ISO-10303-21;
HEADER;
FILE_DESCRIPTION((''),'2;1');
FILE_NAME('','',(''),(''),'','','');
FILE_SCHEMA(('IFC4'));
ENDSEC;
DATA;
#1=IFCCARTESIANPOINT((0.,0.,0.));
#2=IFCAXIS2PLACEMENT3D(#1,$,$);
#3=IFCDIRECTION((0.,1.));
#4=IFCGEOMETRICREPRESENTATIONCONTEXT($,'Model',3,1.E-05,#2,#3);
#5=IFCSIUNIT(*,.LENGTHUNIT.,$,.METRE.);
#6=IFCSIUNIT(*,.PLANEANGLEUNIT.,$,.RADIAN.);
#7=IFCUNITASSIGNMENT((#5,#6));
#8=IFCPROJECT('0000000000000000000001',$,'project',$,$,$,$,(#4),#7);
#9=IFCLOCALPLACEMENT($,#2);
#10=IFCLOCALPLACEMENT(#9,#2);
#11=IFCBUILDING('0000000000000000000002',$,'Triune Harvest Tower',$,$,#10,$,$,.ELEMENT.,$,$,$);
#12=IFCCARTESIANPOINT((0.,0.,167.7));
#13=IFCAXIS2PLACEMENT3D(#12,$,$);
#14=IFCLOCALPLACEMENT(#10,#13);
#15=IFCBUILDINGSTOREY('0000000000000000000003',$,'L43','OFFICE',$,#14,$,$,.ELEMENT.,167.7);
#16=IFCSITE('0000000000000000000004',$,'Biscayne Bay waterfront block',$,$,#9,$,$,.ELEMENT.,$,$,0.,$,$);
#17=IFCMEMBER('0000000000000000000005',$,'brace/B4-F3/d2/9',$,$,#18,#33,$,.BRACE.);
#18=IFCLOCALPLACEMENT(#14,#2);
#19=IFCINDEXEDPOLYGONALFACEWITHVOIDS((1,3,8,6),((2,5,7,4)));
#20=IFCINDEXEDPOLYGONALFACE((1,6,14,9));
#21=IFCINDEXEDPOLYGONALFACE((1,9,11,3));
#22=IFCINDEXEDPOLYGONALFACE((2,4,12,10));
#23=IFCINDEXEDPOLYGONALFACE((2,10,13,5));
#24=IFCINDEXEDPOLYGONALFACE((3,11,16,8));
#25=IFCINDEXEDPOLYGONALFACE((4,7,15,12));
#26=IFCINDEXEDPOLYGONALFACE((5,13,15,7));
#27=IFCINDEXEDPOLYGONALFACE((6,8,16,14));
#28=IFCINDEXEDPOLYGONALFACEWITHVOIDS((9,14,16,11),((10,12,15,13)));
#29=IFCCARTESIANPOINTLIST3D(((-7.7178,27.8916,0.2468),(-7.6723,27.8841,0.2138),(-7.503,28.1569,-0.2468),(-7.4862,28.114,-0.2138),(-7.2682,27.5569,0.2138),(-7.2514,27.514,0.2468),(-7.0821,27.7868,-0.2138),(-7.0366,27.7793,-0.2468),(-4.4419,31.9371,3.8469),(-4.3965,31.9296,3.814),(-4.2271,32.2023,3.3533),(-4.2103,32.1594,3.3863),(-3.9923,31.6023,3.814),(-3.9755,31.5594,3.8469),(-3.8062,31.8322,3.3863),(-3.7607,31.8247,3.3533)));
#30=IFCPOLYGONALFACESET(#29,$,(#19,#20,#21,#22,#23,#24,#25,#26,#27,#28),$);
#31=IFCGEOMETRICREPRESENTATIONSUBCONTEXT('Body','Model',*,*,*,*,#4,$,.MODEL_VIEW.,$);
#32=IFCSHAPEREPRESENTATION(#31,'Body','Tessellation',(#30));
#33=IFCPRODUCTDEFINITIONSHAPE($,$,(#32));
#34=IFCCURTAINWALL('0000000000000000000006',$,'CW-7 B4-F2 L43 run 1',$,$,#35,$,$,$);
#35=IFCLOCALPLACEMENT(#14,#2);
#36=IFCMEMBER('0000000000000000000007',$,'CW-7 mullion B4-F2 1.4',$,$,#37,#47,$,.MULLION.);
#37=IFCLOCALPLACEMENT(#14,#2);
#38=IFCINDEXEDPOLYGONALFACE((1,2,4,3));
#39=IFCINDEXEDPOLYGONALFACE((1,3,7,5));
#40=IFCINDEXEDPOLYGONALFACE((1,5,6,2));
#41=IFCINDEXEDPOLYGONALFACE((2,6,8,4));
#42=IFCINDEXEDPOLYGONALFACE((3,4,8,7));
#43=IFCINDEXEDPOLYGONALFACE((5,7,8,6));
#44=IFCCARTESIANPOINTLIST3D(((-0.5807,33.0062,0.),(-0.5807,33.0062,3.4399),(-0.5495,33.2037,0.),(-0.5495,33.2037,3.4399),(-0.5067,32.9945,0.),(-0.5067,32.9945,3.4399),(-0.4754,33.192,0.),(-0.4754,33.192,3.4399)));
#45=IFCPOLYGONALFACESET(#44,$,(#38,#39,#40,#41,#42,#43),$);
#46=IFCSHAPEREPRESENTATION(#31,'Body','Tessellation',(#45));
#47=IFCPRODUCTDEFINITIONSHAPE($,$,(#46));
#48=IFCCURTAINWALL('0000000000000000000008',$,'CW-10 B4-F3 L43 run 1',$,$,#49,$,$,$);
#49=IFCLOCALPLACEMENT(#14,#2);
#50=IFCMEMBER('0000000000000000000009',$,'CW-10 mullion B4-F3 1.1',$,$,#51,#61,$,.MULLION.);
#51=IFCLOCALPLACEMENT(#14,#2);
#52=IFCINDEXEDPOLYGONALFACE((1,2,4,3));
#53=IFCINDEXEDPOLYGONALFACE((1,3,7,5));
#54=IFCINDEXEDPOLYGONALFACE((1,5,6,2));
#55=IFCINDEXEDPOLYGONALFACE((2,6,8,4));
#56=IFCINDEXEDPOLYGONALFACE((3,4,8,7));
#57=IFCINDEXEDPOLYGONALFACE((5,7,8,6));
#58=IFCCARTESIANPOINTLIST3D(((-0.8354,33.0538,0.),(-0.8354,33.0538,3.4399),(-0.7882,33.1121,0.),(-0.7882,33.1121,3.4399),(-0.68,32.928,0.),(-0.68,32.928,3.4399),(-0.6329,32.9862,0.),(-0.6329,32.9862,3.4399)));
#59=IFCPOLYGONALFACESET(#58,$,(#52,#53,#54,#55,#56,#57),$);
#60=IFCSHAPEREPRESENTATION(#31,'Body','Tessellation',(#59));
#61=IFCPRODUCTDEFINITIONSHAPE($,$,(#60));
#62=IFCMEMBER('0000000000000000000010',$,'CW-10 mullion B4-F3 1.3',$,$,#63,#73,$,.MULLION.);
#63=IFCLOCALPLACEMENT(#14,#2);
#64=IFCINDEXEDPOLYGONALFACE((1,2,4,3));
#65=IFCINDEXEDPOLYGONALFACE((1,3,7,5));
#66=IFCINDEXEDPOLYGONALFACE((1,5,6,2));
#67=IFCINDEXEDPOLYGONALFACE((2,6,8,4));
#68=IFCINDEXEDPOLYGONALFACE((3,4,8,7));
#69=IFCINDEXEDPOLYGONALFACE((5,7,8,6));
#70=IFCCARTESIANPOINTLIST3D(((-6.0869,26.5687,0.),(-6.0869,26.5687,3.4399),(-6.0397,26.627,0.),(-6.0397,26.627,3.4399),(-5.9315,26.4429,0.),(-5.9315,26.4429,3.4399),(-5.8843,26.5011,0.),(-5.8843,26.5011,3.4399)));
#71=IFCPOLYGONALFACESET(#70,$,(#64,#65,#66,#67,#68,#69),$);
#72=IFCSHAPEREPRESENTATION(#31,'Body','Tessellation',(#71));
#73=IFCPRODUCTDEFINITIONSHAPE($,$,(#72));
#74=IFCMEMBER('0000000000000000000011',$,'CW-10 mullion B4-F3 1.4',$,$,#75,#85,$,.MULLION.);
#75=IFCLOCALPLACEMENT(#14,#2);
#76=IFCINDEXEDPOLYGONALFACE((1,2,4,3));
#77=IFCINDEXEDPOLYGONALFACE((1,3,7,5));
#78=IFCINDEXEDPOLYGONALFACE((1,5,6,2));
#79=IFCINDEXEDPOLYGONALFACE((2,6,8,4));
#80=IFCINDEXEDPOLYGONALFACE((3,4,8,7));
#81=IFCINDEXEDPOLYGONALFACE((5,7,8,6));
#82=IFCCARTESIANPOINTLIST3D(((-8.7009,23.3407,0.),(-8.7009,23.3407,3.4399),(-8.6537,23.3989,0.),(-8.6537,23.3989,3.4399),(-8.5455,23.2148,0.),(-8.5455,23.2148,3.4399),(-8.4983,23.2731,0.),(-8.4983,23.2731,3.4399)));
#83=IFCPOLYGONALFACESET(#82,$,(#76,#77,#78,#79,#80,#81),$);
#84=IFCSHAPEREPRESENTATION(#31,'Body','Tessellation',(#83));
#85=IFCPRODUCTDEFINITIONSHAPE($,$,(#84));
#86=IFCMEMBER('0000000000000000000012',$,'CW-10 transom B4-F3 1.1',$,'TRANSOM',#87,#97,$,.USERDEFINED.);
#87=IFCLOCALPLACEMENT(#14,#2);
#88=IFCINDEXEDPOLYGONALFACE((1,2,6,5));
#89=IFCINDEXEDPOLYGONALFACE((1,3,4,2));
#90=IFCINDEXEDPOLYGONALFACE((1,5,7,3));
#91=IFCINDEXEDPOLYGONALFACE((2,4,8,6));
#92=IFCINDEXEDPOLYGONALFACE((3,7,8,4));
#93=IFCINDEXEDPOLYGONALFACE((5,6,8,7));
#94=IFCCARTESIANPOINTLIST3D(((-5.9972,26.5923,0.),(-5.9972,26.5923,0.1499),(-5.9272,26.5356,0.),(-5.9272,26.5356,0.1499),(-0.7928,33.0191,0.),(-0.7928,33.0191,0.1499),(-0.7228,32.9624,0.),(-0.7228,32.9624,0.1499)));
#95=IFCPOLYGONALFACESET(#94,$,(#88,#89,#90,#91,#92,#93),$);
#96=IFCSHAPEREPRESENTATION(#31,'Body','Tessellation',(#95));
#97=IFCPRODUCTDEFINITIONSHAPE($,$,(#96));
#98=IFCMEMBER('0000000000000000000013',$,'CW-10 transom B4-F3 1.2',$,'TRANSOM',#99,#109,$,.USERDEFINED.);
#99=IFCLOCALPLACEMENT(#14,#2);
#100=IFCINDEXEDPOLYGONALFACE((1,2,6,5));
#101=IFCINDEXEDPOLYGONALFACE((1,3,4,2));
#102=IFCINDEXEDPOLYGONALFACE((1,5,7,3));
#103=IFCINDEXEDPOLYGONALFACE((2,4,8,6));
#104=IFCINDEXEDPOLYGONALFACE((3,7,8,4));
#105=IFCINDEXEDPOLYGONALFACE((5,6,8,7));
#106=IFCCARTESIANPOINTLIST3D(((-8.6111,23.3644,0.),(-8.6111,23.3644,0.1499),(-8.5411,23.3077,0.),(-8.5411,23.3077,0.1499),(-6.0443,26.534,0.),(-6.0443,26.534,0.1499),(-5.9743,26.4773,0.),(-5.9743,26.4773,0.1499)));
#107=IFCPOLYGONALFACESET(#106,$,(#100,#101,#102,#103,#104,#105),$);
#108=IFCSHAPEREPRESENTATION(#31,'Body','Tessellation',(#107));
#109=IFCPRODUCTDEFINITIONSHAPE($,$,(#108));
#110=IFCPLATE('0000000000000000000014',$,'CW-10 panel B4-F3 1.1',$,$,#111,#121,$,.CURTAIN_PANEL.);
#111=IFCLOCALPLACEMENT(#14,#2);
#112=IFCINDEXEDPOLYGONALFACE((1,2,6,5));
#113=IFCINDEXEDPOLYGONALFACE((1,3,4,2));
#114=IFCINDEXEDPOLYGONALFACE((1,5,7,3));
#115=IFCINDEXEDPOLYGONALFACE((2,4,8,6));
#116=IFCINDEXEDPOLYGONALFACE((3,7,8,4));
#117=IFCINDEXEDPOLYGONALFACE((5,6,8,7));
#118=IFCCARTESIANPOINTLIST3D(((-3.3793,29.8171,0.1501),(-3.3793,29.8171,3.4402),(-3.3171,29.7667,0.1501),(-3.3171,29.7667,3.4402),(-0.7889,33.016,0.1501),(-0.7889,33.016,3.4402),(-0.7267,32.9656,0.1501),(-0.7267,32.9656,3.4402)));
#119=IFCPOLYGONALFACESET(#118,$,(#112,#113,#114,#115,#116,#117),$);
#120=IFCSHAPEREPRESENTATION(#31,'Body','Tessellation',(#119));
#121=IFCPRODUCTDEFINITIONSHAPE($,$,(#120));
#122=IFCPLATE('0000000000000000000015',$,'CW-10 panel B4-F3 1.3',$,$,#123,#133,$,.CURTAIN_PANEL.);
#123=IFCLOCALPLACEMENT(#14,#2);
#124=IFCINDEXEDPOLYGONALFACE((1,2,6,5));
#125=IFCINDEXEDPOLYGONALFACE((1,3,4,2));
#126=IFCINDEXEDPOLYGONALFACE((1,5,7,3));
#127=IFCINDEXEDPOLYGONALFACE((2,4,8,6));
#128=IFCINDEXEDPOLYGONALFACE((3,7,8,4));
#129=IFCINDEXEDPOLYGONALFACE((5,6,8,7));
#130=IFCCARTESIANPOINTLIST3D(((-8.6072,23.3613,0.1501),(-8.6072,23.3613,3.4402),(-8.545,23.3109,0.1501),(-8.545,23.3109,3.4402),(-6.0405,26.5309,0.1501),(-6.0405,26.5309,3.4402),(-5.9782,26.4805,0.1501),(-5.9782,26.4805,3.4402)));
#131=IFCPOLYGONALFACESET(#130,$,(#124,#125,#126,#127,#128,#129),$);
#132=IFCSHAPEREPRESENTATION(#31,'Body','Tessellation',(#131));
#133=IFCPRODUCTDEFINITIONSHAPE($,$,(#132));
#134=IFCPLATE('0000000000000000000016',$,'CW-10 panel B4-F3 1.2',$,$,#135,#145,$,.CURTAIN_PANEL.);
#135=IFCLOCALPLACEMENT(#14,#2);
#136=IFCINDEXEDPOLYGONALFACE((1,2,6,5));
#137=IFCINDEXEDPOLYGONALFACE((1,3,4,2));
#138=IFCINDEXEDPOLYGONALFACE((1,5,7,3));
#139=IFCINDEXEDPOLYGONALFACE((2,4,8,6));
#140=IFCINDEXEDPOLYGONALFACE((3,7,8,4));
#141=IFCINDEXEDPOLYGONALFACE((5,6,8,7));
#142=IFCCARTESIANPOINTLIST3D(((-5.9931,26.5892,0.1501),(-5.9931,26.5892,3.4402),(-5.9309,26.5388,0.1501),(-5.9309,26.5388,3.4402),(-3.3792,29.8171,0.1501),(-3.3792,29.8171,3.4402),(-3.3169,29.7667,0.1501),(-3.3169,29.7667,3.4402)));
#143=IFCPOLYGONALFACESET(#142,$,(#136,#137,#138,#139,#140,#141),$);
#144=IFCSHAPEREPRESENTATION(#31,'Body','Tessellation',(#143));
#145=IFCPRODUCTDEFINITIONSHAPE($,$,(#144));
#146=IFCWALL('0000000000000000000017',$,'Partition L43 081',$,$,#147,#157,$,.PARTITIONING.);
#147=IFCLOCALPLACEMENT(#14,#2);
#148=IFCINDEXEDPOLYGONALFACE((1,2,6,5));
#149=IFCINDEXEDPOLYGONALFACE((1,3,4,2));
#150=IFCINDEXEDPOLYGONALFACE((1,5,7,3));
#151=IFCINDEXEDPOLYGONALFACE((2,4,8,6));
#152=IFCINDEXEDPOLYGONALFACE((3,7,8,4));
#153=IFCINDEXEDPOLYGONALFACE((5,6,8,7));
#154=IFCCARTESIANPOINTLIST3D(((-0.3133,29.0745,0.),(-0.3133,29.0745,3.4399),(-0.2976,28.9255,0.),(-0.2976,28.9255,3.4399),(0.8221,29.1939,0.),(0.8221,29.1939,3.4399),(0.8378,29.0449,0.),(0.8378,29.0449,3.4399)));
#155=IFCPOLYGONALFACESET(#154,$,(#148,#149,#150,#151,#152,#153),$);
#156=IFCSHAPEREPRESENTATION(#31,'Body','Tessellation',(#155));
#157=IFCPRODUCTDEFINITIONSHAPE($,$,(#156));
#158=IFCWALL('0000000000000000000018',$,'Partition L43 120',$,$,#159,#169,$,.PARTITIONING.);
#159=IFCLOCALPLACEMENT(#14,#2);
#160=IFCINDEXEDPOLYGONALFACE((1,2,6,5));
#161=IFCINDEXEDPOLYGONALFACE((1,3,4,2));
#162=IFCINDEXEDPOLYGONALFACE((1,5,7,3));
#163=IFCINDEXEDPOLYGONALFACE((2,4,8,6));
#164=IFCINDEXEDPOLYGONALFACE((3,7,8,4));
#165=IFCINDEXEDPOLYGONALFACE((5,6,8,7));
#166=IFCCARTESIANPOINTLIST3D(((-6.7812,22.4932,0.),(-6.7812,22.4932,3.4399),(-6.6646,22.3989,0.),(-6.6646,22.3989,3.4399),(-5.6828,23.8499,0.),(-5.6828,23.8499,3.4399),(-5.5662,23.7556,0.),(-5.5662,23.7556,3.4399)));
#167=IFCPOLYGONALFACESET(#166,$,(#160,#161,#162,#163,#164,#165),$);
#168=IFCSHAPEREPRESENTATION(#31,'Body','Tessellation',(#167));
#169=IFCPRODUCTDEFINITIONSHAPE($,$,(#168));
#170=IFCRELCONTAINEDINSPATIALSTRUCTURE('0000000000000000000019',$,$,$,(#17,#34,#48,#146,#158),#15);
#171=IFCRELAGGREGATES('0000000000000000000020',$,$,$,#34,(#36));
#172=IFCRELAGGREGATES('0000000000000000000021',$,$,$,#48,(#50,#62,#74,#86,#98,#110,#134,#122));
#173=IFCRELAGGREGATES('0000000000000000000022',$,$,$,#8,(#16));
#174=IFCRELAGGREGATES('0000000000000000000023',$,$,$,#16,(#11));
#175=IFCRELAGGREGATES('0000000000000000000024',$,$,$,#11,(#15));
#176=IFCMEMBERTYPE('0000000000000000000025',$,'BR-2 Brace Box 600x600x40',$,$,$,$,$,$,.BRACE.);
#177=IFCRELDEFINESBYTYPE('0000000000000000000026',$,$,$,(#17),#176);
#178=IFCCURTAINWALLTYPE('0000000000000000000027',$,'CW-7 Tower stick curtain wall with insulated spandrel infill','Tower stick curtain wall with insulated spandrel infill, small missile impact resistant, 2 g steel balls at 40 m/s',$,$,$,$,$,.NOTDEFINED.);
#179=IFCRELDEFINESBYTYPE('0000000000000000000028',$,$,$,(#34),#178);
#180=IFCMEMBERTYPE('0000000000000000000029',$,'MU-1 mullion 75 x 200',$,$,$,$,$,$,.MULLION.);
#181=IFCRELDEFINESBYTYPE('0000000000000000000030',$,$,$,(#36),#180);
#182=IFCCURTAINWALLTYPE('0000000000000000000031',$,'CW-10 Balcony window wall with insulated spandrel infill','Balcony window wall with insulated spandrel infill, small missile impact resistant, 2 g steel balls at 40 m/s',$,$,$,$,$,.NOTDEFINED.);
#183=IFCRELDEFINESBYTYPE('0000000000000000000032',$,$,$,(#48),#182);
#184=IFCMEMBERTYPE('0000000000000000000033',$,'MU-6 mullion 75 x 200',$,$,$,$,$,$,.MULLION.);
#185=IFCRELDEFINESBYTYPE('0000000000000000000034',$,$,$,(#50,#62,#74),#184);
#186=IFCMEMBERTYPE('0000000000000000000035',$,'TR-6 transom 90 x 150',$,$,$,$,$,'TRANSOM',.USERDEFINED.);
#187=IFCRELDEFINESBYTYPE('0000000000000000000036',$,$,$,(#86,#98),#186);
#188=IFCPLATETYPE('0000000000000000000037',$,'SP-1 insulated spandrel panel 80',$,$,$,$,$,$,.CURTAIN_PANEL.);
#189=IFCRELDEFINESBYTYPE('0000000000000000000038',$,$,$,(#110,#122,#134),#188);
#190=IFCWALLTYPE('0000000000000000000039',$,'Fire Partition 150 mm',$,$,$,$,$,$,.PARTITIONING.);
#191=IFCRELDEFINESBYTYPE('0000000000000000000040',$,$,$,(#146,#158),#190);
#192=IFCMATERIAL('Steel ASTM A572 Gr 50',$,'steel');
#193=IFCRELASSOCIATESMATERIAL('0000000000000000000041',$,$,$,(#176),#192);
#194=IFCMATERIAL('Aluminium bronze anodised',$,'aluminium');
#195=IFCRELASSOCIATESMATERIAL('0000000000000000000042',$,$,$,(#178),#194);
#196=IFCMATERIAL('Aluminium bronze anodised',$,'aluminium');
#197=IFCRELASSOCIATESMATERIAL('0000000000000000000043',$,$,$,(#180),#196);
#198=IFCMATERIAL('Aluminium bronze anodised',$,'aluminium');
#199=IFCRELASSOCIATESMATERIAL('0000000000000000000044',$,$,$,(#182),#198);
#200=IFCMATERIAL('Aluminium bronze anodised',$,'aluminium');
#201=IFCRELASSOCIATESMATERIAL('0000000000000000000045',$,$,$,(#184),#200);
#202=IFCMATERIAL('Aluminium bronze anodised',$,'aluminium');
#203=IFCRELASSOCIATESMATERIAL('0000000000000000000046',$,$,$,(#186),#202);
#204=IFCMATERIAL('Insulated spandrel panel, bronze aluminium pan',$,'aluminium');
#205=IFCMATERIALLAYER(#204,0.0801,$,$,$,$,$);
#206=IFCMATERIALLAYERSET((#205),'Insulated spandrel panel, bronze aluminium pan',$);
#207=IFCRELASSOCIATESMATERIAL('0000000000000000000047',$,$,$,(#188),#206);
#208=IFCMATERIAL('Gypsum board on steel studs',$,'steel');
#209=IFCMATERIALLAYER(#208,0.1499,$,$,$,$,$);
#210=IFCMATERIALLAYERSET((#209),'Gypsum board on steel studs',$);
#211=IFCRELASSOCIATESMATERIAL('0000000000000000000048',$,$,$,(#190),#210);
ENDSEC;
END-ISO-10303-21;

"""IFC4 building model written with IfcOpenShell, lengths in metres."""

from ifc_helpers import new_model, si_unit, direction, frame, frame_2d, origin, origin_2d, place, context, subcontext, project, spatial, rectangle, hollow_rectangle, extrude, source, transform, mapped, material, layer, layer_set, material_profile, profile_set, type_object, element, aggregate, save


model = new_model("IFC4")

# Units and contexts
model_context = context("Model", 3, precision=1e-05, world=origin(), true_north=direction((0.0, 1.0)))
body_context = subcontext(model_context, "Body", "Model", "MODEL_VIEW")
ifc_project = project(units=[si_unit("LENGTHUNIT", "METRE"), si_unit("PLANEANGLEUNIT", "RADIAN")], contexts=[model_context])

# Site, building, storey
site_placement = place(None, origin())
site = spatial("IfcSite", under=ifc_project, at=site_placement, Name="Biscayne Bay waterfront block", CompositionType="ELEMENT", RefElevation=0.0)
building_placement = place(site_placement, origin())
building = spatial("IfcBuilding", under=site, at=building_placement, Name="Triune Harvest Tower", CompositionType="ELEMENT")
storey_placement = place(building_placement, frame((0.0, 0.0, 167.7)))
storey = spatial("IfcBuildingStorey", under=building, at=storey_placement, Name="L43", Description="OFFICE", CompositionType="ELEMENT", Elevation=167.7)

# Member
ifc_material_1 = material(Name="Steel ASTM A572 Gr 50", Category="steel")
ifc_material_profile_1 = material_profile(ifc_material_1, hollow_rectangle(XDim=0.6001, YDim=0.6001, WallThickness=0.04, at=origin_2d()), Name="Box 600x600x40")
ifc_profile_set_1 = profile_set([ifc_material_profile_1], Name="Steel ASTM A572 Gr 50")
member_type_1 = type_object("IfcMemberType", Name="BR-2 Brace Box 600x600x40", PredefinedType="BRACE", material=ifc_profile_set_1)
shared_shape_1 = source(origin(), body_context, "Body", "SweptSolid", [
    extrude(hollow_rectangle(XDim=0.6001, YDim=0.6001, WallThickness=0.04, at=origin_2d()), origin(), (0.0, 0.0, 1.0), 6.3291),
])
member_1_placement = place(storey_placement, frame((-7.3772, 27.8354, 0.0), z_axis=(0.517591, 0.639177, 0.568817), x_axis=(-0.777149, 0.629317, 0.0)))
element("IfcMember", 1, at=member_1_placement, inside=storey, type_object=member_type_1, Name="brace/B4-F3/d2/9", PredefinedType="BRACE", context=body_context, shape_type="MappedRepresentation", body=[
    mapped(shared_shape_1, transform((0.0, 0.0, 0.0), scale=1.0)),
])

# Curtain wall, member
ifc_material_2 = material(Name="Aluminium bronze anodised", Category="aluminium")
curtain_wall_type_1 = type_object("IfcCurtainWallType", Name="CW-7 Tower stick curtain wall with insulated spandrel infill", Description="Tower stick curtain wall with insulated spandrel infill, small missile impact resistant, 2 g steel balls at 40 m/s", PredefinedType="NOTDEFINED", material=ifc_material_2)
curtain_wall_1_placement = place(storey_placement, origin())
curtain_wall_1 = element("IfcCurtainWall", 2, at=curtain_wall_1_placement, inside=storey, type_object=curtain_wall_type_1, Name="CW-7 B4-F2 L43 run 1")
ifc_material_3 = material(Name="Aluminium bronze anodised", Category="aluminium")
ifc_material_profile_2 = material_profile(ifc_material_3, rectangle(XDim=0.2, YDim=0.075, at=origin_2d()), Name="MU-1 mullion 75 x 200")
ifc_profile_set_2 = profile_set([ifc_material_profile_2], Name="Aluminium bronze anodised")
member_type_2 = type_object("IfcMemberType", Name="MU-1 mullion 75 x 200", PredefinedType="MULLION", material=ifc_profile_set_2)
shared_shape_2 = source(origin(), body_context, "Body", "SweptSolid", [
    extrude(rectangle(XDim=0.2, YDim=0.075, at=origin_2d()), origin(), (0.0, 0.0, 1.0), 3.4399),
])
member_2_placement = place(storey_placement, frame((-0.5281, 33.0991, 0.0), z_axis=(0.0, 0.0, 1.0), x_axis=(-0.156433, -0.987689, 0.0)))
member_2 = element("IfcMember", 3, at=member_2_placement, type_object=member_type_2, Name="CW-7 mullion B4-F2 1.4", PredefinedType="MULLION", context=body_context, shape_type="MappedRepresentation", body=[
    mapped(shared_shape_2, transform((0.0, 0.0, 0.0), scale=1.0)),
])
aggregate(curtain_wall_1, [member_2])

# Curtain wall, members, plates
ifc_material_4 = material(Name="Aluminium bronze anodised", Category="aluminium")
curtain_wall_type_2 = type_object("IfcCurtainWallType", Name="CW-10 Balcony window wall with insulated spandrel infill", Description="Balcony window wall with insulated spandrel infill, small missile impact resistant, 2 g steel balls at 40 m/s", PredefinedType="NOTDEFINED", material=ifc_material_4)
curtain_wall_2_placement = place(storey_placement, origin())
curtain_wall_2 = element("IfcCurtainWall", 4, at=curtain_wall_2_placement, inside=storey, type_object=curtain_wall_type_2, Name="CW-10 B4-F3 L43 run 1")
ifc_material_5 = material(Name="Aluminium bronze anodised", Category="aluminium")
ifc_material_profile_3 = material_profile(ifc_material_5, rectangle(XDim=0.2, YDim=0.075, at=origin_2d()), Name="MU-6 mullion 75 x 200")
ifc_profile_set_3 = profile_set([ifc_material_profile_3], Name="Aluminium bronze anodised")
member_type_3 = type_object("IfcMemberType", Name="MU-6 mullion 75 x 200", PredefinedType="MULLION", material=ifc_profile_set_3)
shared_shape_3 = source(origin(), body_context, "Body", "SweptSolid", [
    extrude(rectangle(XDim=0.2, YDim=0.075, at=origin_2d()), origin(), (0.0, 0.0, 1.0), 3.4399),
])
member_3_placement = place(storey_placement, frame((-0.7341, 33.02, 0.0), z_axis=(0.0, 0.0, 1.0), x_axis=(0.777145, -0.629321, 0.0)))
member_3 = element("IfcMember", 5, at=member_3_placement, type_object=member_type_3, Name="CW-10 mullion B4-F3 1.1", PredefinedType="MULLION", context=body_context, shape_type="MappedRepresentation", body=[
    mapped(shared_shape_3, transform((0.0, 0.0, 0.0), scale=1.0)),
])
member_4_placement = place(storey_placement, frame((-5.9856, 26.5349, 0.0), z_axis=(0.0, 0.0, 1.0), x_axis=(0.777145, -0.629321, 0.0)))
member_4 = element("IfcMember", 6, at=member_4_placement, type_object=member_type_3, Name="CW-10 mullion B4-F3 1.3", PredefinedType="MULLION", context=body_context, shape_type="MappedRepresentation", body=[
    mapped(shared_shape_3, transform((0.0, 0.0, 0.0), scale=1.0)),
])
member_5_placement = place(storey_placement, frame((-8.5996, 23.3069, 0.0), z_axis=(0.0, 0.0, 1.0), x_axis=(0.777145, -0.629321, 0.0)))
member_5 = element("IfcMember", 7, at=member_5_placement, type_object=member_type_3, Name="CW-10 mullion B4-F3 1.4", PredefinedType="MULLION", context=body_context, shape_type="MappedRepresentation", body=[
    mapped(shared_shape_3, transform((0.0, 0.0, 0.0), scale=1.0)),
])
ifc_material_6 = material(Name="Aluminium bronze anodised", Category="aluminium")
ifc_material_profile_4 = material_profile(ifc_material_6, rectangle(XDim=0.0901, YDim=0.1499, at=origin_2d()), Name="TR-6 transom 90 x 150")
ifc_profile_set_4 = profile_set([ifc_material_profile_4], Name="Aluminium bronze anodised")
member_type_4 = type_object("IfcMemberType", Name="TR-6 transom 90 x 150", ElementType="TRANSOM", PredefinedType="USERDEFINED", material=ifc_profile_set_4)
shared_shape_4 = source(origin(), body_context, "Body", "SweptSolid", [
    extrude(rectangle(XDim=0.0901, YDim=0.1499, at=origin_2d()), origin(), (0.0, 0.0, 1.0), 8.2698),
])
member_6_placement = place(storey_placement, frame((-0.7578, 32.9907, 0.075), z_axis=(-0.629325, -0.777142, 0.0), x_axis=(0.777142, -0.629325, 0.0)))
member_6 = element("IfcMember", 8, at=member_6_placement, type_object=member_type_4, Name="CW-10 transom B4-F3 1.1", ObjectType="TRANSOM", PredefinedType="USERDEFINED", context=body_context, shape_type="MappedRepresentation", body=[
    mapped(shared_shape_4, transform((0.0, 0.0, 0.0), scale=1.0)),
])
shared_shape_5 = source(origin(), body_context, "Body", "SweptSolid", [
    extrude(rectangle(XDim=0.0901, YDim=0.1499, at=origin_2d()), origin(), (0.0, 0.0, 1.0), 4.0786),
])
member_7_placement = place(storey_placement, frame((-6.0093, 26.5056, 0.075), z_axis=(-0.629341, -0.777129, 0.0), x_axis=(0.777129, -0.629341, 0.0)))
member_7 = element("IfcMember", 9, at=member_7_placement, type_object=member_type_4, Name="CW-10 transom B4-F3 1.2", ObjectType="TRANSOM", PredefinedType="USERDEFINED", context=body_context, shape_type="MappedRepresentation", body=[
    mapped(shared_shape_5, transform((0.0, 0.0, 0.0), scale=1.0)),
])
ifc_material_7 = material(Name="Insulated spandrel panel, bronze aluminium pan", Category="aluminium")
ifc_layer_1 = layer(ifc_material_7, 0.0801)
ifc_layer_set_1 = layer_set([ifc_layer_1], Name="Insulated spandrel panel, bronze aluminium pan")
plate_type = type_object("IfcPlateType", Name="SP-1 insulated spandrel panel 80", PredefinedType="CURTAIN_PANEL", material=ifc_layer_set_1)
plate_1_placement = place(storey_placement, frame((-2.053, 31.3914, 0.1501), z_axis=(0.0, 0.0, 1.0), x_axis=(-0.629321, -0.777145, 0.0)))
plate_1 = element("IfcPlate", 10, at=plate_1_placement, type_object=plate_type, Name="CW-10 panel B4-F3 1.1", PredefinedType="CURTAIN_PANEL", context=body_context, shape_type="SweptSolid", body=[
    extrude(rectangle(XDim=4.1162, YDim=0.0801, at=origin_2d()), origin(), (0.0, 0.0, 1.0), 3.29),
])
plate_2_placement = place(storey_placement, frame((-7.2927, 24.9209, 0.1501), z_axis=(0.0, 0.0, 1.0), x_axis=(-0.629321, -0.777145, 0.0)))
plate_2 = element("IfcPlate", 11, at=plate_2_placement, type_object=plate_type, Name="CW-10 panel B4-F3 1.3", PredefinedType="CURTAIN_PANEL", context=body_context, shape_type="SweptSolid", body=[
    extrude(rectangle(XDim=4.0786, YDim=0.0801, at=origin_2d()), origin(), (0.0, 0.0, 1.0), 3.29),
])
shared_shape_6 = source(origin(), body_context, "Body", "SweptSolid", [
    extrude(rectangle(XDim=4.1536, YDim=0.0801, at=origin_2d()), origin(), (0.0, 0.0, 1.0), 3.29),
])
plate_3_placement = place(storey_placement, frame((-4.655, 28.178, 0.1501), z_axis=(0.0, 0.0, 1.0), x_axis=(-0.629321, -0.777145, 0.0)))
plate_3 = element("IfcPlate", 12, at=plate_3_placement, type_object=plate_type, Name="CW-10 panel B4-F3 1.2", PredefinedType="CURTAIN_PANEL", context=body_context, shape_type="MappedRepresentation", body=[
    mapped(shared_shape_6, transform((0.0, 0.0, 0.0), scale=1.0)),
])
aggregate(curtain_wall_2, [member_3, member_4, member_5, member_6, member_7, plate_1, plate_3, plate_2])

# Walls
ifc_material_8 = material(Name="Gypsum board on steel studs", Category="steel")
ifc_layer_2 = layer(ifc_material_8, 0.1499)
ifc_layer_set_2 = layer_set([ifc_layer_2], Name="Gypsum board on steel studs")
wall_type_1 = type_object("IfcWallType", Name="Fire Partition 150 mm", PredefinedType="PARTITIONING", material=ifc_layer_set_2)
wall_1_placement = place(storey_placement, frame((-0.3054, 29.0, 0.0), z_axis=(0.0, 0.0, 1.0), x_axis=(0.994516, 0.104585, 0.0)))
element("IfcWall", 13, at=wall_1_placement, inside=storey, type_object=wall_type_1, Name="Partition L43 081", PredefinedType="PARTITIONING", context=body_context, shape_type="SweptSolid", body=[
    extrude(rectangle(XDim=1.1416, YDim=0.1499, at=frame_2d((0.5708, 0.0))), origin(), (0.0, 0.0, 1.0), 3.4399),
])
wall_2_placement = place(storey_placement, frame((-6.7229, 22.446, 0.0), z_axis=(0.0, 0.0, 1.0), x_axis=(0.629238, 0.777212, 0.0)))
element("IfcWall", 14, at=wall_2_placement, inside=storey, type_object=wall_type_1, Name="Partition L43 120", PredefinedType="PARTITIONING", context=body_context, shape_type="SweptSolid", body=[
    extrude(rectangle(XDim=1.7456, YDim=0.1499, at=frame_2d((0.8728, 0.0))), origin(), (0.0, 0.0, 1.0), 3.4399),
])

save(model, "model.ifc")
